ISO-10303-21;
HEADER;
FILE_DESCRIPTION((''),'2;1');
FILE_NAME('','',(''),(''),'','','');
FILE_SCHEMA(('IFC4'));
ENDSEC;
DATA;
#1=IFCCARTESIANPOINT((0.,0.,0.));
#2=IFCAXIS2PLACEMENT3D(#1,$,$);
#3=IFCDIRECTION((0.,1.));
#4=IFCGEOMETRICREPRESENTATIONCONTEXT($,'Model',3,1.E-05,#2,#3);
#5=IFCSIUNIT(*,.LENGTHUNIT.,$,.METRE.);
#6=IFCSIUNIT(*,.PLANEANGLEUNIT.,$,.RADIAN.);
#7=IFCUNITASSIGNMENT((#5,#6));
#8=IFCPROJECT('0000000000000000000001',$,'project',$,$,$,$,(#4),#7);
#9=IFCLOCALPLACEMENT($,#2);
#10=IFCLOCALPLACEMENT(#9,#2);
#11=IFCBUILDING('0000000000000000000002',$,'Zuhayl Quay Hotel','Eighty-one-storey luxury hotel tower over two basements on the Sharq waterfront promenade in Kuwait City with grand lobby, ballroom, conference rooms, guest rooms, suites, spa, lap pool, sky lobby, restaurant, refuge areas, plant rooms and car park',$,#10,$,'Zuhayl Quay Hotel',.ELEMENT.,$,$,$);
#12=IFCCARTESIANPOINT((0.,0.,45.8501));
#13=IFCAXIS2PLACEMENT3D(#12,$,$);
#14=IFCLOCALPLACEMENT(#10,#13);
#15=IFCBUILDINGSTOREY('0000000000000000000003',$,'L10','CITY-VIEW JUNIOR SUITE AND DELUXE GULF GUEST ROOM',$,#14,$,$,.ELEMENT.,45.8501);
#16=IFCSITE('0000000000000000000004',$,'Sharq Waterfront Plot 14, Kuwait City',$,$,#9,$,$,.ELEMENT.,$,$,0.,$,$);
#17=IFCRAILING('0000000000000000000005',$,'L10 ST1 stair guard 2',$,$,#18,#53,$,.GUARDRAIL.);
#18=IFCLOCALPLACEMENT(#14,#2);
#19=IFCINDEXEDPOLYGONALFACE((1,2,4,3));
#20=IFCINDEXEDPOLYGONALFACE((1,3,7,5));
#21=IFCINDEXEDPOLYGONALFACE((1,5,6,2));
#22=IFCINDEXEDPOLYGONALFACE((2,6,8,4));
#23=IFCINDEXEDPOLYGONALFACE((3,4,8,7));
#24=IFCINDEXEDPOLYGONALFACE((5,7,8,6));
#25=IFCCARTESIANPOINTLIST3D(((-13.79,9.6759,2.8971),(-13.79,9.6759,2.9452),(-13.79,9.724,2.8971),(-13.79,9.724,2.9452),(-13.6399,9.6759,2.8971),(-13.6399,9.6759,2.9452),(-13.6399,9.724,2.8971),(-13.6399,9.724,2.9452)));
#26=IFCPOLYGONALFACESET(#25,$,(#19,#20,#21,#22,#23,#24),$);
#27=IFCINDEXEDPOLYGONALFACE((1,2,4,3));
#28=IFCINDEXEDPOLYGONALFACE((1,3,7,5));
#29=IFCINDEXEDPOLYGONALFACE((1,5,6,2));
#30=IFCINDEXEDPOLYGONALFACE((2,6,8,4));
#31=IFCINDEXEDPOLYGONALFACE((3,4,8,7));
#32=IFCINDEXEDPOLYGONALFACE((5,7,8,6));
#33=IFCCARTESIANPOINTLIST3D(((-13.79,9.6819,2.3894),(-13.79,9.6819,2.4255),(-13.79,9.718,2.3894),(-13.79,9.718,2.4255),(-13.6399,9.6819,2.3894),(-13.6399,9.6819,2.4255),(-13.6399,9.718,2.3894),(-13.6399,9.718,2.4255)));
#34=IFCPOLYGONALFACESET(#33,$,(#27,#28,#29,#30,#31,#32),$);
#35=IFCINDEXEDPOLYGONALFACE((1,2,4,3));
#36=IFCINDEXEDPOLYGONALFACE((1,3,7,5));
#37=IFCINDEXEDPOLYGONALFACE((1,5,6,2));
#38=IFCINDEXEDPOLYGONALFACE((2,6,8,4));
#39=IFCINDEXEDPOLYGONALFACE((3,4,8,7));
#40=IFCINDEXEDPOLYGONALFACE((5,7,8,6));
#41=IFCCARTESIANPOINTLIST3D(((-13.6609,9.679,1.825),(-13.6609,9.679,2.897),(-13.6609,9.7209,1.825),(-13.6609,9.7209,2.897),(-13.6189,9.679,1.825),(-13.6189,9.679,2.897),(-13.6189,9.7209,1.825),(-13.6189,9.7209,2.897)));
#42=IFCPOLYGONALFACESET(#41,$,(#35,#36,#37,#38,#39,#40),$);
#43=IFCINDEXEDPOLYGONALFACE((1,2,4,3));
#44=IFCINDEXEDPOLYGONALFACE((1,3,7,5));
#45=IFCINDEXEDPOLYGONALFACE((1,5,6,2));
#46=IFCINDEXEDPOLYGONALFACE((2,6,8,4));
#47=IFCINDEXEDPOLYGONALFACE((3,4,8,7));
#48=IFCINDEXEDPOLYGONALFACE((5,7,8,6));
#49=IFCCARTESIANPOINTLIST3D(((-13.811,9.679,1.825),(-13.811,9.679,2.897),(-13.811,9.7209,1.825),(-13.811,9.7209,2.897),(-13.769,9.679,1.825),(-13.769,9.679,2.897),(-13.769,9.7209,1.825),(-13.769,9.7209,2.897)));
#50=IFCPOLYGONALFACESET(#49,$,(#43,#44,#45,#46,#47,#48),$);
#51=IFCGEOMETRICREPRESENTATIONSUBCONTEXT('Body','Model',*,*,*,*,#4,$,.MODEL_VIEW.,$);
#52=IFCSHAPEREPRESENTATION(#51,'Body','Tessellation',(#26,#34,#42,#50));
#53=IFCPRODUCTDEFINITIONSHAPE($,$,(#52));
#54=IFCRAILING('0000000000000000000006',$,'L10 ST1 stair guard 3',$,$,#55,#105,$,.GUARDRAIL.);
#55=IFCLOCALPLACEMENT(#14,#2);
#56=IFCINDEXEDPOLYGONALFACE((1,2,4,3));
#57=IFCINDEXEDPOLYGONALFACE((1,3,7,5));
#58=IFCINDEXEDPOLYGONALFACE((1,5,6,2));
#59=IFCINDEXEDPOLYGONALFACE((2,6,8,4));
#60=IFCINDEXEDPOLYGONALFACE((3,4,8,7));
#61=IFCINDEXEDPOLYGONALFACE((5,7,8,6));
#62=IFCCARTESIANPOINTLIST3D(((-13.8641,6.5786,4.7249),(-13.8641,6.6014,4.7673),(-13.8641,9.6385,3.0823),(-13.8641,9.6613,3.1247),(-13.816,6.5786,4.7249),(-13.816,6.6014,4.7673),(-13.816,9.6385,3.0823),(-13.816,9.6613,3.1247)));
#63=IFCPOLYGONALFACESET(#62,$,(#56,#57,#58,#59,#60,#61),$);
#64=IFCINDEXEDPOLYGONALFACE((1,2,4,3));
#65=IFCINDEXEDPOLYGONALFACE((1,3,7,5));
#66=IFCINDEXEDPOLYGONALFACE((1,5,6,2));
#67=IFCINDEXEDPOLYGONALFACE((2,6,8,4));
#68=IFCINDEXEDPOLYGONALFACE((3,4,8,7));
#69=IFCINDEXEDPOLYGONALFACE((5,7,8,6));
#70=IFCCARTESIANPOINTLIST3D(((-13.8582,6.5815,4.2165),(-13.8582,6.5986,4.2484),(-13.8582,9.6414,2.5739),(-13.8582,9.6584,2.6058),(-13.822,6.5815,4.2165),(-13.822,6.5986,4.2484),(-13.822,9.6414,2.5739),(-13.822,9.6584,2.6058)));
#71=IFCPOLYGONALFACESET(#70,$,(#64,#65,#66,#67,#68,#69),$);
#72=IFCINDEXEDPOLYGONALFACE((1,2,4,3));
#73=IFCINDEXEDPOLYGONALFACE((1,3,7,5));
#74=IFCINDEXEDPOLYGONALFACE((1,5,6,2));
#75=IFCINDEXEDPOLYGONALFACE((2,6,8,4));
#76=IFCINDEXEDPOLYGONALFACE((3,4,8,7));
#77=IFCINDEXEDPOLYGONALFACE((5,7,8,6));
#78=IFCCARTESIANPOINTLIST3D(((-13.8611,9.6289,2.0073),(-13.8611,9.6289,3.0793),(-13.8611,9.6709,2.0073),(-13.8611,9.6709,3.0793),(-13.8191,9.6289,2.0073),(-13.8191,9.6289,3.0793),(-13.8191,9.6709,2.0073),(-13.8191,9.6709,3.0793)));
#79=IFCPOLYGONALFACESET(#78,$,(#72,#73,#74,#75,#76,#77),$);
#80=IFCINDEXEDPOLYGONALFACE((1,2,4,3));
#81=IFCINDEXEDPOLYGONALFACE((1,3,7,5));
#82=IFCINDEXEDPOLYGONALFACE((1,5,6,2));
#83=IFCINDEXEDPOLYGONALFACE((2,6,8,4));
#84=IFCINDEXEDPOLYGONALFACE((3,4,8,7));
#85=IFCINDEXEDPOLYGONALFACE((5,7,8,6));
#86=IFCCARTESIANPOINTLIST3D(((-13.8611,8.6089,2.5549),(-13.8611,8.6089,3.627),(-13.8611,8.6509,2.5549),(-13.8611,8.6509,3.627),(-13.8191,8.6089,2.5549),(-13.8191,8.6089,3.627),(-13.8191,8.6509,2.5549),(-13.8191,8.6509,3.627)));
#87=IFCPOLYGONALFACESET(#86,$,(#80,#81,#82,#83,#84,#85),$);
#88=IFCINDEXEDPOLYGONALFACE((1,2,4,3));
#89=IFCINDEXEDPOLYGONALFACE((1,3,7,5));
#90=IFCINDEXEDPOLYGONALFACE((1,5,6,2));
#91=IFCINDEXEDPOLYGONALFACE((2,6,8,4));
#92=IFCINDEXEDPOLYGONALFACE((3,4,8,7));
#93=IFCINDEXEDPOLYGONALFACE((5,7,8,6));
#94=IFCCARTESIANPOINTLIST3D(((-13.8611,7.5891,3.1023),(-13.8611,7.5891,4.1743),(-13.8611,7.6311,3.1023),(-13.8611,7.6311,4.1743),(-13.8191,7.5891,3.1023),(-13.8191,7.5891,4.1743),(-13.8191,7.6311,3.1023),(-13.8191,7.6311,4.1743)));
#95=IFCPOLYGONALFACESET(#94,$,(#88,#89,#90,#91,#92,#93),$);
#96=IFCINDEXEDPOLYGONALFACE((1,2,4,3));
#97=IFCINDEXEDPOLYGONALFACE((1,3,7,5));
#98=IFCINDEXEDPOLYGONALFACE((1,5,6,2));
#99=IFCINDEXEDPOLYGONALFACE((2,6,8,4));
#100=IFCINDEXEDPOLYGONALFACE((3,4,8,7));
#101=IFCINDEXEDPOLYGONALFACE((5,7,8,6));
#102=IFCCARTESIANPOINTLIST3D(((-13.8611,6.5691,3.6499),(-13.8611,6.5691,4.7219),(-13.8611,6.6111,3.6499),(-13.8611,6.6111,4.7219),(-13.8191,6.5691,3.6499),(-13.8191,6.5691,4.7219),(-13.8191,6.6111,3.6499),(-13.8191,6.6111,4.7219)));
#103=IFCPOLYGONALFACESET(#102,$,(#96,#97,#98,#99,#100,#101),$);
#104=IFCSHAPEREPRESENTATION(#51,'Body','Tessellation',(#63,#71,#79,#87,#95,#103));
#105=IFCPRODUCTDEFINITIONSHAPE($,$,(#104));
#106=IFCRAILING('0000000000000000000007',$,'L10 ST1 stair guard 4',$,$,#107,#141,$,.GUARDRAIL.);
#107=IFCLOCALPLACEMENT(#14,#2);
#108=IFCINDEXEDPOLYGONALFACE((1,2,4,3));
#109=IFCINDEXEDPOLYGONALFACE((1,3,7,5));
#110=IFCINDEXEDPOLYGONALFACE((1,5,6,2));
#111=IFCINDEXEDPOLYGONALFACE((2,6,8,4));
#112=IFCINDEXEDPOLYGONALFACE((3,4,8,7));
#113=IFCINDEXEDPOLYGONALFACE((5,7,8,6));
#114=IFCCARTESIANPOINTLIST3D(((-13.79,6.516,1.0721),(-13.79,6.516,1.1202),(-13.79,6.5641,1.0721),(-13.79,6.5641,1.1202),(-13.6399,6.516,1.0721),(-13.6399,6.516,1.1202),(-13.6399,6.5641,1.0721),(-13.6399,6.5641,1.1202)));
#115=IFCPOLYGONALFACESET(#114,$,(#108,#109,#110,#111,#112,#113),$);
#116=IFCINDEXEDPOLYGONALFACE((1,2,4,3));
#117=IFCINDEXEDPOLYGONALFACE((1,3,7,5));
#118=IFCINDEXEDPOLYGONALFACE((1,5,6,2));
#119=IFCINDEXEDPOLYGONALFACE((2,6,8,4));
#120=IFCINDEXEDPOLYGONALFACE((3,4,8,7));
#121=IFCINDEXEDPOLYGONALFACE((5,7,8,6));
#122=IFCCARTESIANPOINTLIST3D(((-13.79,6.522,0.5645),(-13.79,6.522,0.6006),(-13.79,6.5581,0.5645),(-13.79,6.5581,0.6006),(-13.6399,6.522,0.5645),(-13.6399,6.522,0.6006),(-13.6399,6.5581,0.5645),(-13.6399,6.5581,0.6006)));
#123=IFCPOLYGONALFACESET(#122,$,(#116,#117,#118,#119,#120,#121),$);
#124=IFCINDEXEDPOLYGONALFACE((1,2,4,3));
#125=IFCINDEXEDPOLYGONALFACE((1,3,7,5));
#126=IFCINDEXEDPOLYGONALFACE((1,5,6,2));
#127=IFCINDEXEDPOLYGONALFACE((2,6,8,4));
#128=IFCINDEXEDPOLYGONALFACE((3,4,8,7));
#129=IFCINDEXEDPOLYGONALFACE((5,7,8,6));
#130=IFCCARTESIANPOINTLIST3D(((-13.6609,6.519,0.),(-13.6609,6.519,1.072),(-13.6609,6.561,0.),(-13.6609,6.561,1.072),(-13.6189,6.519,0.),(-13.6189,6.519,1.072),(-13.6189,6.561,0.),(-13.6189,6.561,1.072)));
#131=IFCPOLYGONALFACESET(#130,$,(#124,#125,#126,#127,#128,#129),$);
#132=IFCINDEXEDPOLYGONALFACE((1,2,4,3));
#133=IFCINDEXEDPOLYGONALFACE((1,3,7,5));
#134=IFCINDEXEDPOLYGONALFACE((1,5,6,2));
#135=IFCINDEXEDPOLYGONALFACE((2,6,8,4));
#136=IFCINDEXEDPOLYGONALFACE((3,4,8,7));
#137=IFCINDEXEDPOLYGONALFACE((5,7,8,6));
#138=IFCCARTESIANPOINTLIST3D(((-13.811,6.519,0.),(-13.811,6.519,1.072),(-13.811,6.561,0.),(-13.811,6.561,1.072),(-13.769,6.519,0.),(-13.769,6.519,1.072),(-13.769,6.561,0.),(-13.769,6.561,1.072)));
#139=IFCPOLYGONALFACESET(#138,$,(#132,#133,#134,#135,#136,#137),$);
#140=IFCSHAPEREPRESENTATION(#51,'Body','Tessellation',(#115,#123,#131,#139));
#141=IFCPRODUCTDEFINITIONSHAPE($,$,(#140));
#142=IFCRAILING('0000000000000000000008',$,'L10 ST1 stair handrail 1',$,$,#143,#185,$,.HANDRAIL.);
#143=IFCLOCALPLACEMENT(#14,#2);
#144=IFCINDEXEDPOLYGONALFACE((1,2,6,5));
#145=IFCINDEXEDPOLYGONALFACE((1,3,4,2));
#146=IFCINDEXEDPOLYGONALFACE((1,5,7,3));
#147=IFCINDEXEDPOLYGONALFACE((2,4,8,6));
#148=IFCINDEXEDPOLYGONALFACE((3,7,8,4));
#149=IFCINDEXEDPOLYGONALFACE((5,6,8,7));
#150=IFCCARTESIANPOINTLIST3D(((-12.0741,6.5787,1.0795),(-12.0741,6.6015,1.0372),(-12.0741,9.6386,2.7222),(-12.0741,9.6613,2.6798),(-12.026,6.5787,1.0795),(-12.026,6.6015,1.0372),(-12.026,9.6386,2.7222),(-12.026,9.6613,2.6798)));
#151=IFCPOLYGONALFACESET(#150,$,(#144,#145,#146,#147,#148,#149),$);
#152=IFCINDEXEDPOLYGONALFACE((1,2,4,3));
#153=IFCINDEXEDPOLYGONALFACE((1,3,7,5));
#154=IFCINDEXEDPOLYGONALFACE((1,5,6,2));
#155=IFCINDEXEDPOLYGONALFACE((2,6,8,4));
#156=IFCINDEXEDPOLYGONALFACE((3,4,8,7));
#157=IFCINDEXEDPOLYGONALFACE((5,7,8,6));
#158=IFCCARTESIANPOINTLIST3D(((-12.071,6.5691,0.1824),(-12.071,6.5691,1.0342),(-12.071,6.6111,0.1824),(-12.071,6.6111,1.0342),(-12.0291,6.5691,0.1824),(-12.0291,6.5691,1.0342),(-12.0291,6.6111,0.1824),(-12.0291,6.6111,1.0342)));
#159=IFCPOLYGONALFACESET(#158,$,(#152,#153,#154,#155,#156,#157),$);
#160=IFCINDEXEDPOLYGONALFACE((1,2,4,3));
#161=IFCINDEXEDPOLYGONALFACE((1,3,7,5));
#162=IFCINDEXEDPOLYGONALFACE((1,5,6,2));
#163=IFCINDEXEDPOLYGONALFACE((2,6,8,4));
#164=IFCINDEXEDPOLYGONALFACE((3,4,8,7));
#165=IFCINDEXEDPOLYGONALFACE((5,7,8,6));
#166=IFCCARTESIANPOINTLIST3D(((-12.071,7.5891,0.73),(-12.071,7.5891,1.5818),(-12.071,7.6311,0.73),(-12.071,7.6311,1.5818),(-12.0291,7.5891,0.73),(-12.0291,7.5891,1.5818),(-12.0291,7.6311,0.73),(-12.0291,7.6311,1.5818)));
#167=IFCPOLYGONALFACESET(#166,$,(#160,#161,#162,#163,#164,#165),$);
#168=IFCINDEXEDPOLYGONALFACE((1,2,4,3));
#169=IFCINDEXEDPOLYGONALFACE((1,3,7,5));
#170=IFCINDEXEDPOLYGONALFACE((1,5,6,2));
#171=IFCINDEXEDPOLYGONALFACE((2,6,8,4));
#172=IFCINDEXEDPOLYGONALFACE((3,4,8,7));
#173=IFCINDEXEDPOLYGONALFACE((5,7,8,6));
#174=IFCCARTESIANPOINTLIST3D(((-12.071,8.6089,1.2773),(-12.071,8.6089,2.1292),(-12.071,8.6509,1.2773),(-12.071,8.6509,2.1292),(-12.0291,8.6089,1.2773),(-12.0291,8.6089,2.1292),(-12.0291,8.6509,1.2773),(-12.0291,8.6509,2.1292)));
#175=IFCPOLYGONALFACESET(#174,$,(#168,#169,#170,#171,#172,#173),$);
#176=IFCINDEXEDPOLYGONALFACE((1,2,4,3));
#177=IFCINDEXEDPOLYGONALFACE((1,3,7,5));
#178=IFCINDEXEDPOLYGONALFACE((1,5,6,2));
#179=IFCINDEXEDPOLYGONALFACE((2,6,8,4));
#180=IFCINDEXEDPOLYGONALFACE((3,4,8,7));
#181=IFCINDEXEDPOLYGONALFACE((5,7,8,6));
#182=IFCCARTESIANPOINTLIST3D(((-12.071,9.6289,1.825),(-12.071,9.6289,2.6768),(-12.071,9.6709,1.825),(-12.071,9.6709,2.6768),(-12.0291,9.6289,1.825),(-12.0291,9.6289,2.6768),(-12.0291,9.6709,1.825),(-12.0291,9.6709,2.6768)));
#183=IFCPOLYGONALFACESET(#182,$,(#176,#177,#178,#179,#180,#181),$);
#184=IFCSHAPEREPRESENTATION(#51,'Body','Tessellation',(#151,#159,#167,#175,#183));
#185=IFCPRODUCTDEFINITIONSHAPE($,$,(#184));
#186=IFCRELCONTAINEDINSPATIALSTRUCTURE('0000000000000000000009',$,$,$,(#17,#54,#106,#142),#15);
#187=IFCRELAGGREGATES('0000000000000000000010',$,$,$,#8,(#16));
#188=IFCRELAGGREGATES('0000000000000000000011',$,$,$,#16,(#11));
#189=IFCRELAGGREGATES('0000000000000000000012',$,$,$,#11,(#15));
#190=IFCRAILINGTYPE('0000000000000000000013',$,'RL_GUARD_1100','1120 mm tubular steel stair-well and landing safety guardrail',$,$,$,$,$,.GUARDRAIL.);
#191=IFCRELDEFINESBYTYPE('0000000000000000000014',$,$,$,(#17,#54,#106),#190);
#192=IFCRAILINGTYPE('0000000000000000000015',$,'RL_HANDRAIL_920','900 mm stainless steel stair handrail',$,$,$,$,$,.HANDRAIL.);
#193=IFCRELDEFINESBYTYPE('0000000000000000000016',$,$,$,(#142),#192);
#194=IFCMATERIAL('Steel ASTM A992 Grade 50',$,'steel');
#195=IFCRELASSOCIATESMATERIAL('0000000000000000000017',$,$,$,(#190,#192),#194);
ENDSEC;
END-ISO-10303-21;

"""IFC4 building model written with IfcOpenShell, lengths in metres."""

from ifc_helpers import new_model, si_unit, direction, frame, origin, origin_2d, place, context, subcontext, project, spatial, rectangle, extrude, material, type_object, element, save


model = new_model("IFC4")

# Units and contexts
model_context = context("Model", 3, precision=1e-05, world=origin(), true_north=direction((0.0, 1.0)))
body_context = subcontext(model_context, "Body", "Model", "MODEL_VIEW")
ifc_project = project(units=[si_unit("LENGTHUNIT", "METRE"), si_unit("PLANEANGLEUNIT", "RADIAN")], contexts=[model_context])

# Site, building, storey
site_placement = place(None, origin())
site = spatial("IfcSite", under=ifc_project, at=site_placement, Name="Sharq Waterfront Plot 14, Kuwait City", CompositionType="ELEMENT", RefElevation=0.0)
building_placement = place(site_placement, origin())
building = spatial("IfcBuilding", under=site, at=building_placement, Name="Zuhayl Quay Hotel", Description="Eighty-one-storey luxury hotel tower over two basements on the Sharq waterfront promenade in Kuwait City with grand lobby, ballroom, conference rooms, guest rooms, suites, spa, lap pool, sky lobby, restaurant, refuge areas, plant rooms and car park", LongName="Zuhayl Quay Hotel", CompositionType="ELEMENT")
storey_placement = place(building_placement, frame((0.0, 0.0, 45.8501)))
storey = spatial("IfcBuildingStorey", under=building, at=storey_placement, Name="L10", Description="CITY-VIEW JUNIOR SUITE AND DELUXE GULF GUEST ROOM", CompositionType="ELEMENT", Elevation=45.8501)

# Shared definitions
ifc_material_1 = material(Name="Steel ASTM A992 Grade 50", Category="steel")

# Railings
railing_type_1 = type_object("IfcRailingType", Name="RL_GUARD_1100", Description="1120 mm tubular steel stair-well and landing safety guardrail", PredefinedType="GUARDRAIL", material=ifc_material_1)
railing_1_placement = place(storey_placement, frame((-13.6399, 9.7, 1.825)))
element("IfcRailing", 1, at=railing_1_placement, inside=storey, type_object=railing_type_1, Name="L10 ST1 stair guard 2", PredefinedType="GUARDRAIL", context=body_context, shape_type="SweptSolid", body=[
    extrude(rectangle(XDim=0.0481, YDim=0.0481, at=origin_2d()), frame((0.0, 0.0, 1.0962), z_axis=(-1.0, 0.0, 0.0), x_axis=(0.0, -1.0, 0.0)), (0.0, 0.0, 1.0), 0.1501),
    extrude(rectangle(XDim=0.0361, YDim=0.0361, at=origin_2d()), frame((0.0, 0.0, 0.5825), z_axis=(-1.0, 0.0, 0.0), x_axis=(0.0, -1.0, 0.0)), (0.0, 0.0, 1.0), 0.1501),
    extrude(rectangle(XDim=0.042, YDim=0.042, at=origin_2d()), origin(), (0.0, 0.0, 1.0), 1.072),
    extrude(rectangle(XDim=0.042, YDim=0.042, at=origin_2d()), frame((-0.1501, 0.0, 0.0)), (0.0, 0.0, 1.0), 1.072),
])
railing_2_placement = place(storey_placement, frame((-13.8401, 9.6499, 2.0073)))
element("IfcRailing", 2, at=railing_2_placement, inside=storey, type_object=railing_type_1, Name="L10 ST1 stair guard 3", PredefinedType="GUARDRAIL", context=body_context, shape_type="SweptSolid", body=[
    extrude(rectangle(XDim=0.0481, YDim=0.0481, at=origin_2d()), frame((0.0, 0.0, 1.0962), z_axis=(0.0, -0.881073, 0.47298), x_axis=(1.0, 0.0, 0.0)), (0.0, 0.0, 1.0), 3.4729),
    extrude(rectangle(XDim=0.0361, YDim=0.0361, at=origin_2d()), frame((0.0, 0.0, 0.5825), z_axis=(0.0, -0.881073, 0.47298), x_axis=(1.0, 0.0, 0.0)), (0.0, 0.0, 1.0), 3.4729),
    extrude(rectangle(XDim=0.042, YDim=0.042, at=origin_2d()), origin(), (0.0, 0.0, 1.0), 1.072),
    extrude(rectangle(XDim=0.042, YDim=0.042, at=origin_2d()), frame((0.0, -1.02, 0.5476)), (0.0, 0.0, 1.0), 1.072),
    extrude(rectangle(XDim=0.042, YDim=0.042, at=origin_2d()), frame((0.0, -2.0398, 1.095)), (0.0, 0.0, 1.0), 1.072),
    extrude(rectangle(XDim=0.042, YDim=0.042, at=origin_2d()), frame((0.0, -3.0598, 1.6426)), (0.0, 0.0, 1.0), 1.072),
])
railing_3_placement = place(storey_placement, frame((-13.6399, 6.54, 0.0)))
element("IfcRailing", 3, at=railing_3_placement, inside=storey, type_object=railing_type_1, Name="L10 ST1 stair guard 4", PredefinedType="GUARDRAIL", context=body_context, shape_type="SweptSolid", body=[
    extrude(rectangle(XDim=0.0481, YDim=0.0481, at=origin_2d()), frame((0.0, 0.0, 1.0962), z_axis=(-1.0, 0.0, 0.0), x_axis=(0.0, -1.0, 0.0)), (0.0, 0.0, 1.0), 0.1501),
    extrude(rectangle(XDim=0.0361, YDim=0.0361, at=origin_2d()), frame((0.0, 0.0, 0.5825), z_axis=(-1.0, 0.0, 0.0), x_axis=(0.0, -1.0, 0.0)), (0.0, 0.0, 1.0), 0.1501),
    extrude(rectangle(XDim=0.042, YDim=0.042, at=origin_2d()), origin(), (0.0, 0.0, 1.0), 1.072),
    extrude(rectangle(XDim=0.042, YDim=0.042, at=origin_2d()), frame((-0.1501, 0.0, 0.0)), (0.0, 0.0, 1.0), 1.072),
])
railing_type_2 = type_object("IfcRailingType", Name="RL_HANDRAIL_920", Description="900 mm stainless steel stair handrail", PredefinedType="HANDRAIL", material=ifc_material_1)
railing_4_placement = place(storey_placement, frame((-12.05, 6.5901, 0.1824)))
element("IfcRailing", 4, at=railing_4_placement, inside=storey, type_object=railing_type_2, Name="L10 ST1 stair handrail 1", PredefinedType="HANDRAIL", context=body_context, shape_type="SweptSolid", body=[
    extrude(rectangle(XDim=0.0481, YDim=0.0481, at=origin_2d()), frame((0.0, 0.0, 0.876), z_axis=(0.0, 0.881073, 0.47298), x_axis=(-1.0, 0.0, 0.0)), (0.0, 0.0, 1.0), 3.4729),
    extrude(rectangle(XDim=0.042, YDim=0.042, at=origin_2d()), origin(), (0.0, 0.0, 1.0), 0.8518),
    extrude(rectangle(XDim=0.042, YDim=0.042, at=origin_2d()), frame((0.0, 1.02, 0.5476)), (0.0, 0.0, 1.0), 0.8518),
    extrude(rectangle(XDim=0.042, YDim=0.042, at=origin_2d()), frame((0.0, 2.0398, 1.095)), (0.0, 0.0, 1.0), 0.8518),
    extrude(rectangle(XDim=0.042, YDim=0.042, at=origin_2d()), frame((0.0, 3.0598, 1.6426)), (0.0, 0.0, 1.0), 0.8518),
])

save(model, "model.ifc")
